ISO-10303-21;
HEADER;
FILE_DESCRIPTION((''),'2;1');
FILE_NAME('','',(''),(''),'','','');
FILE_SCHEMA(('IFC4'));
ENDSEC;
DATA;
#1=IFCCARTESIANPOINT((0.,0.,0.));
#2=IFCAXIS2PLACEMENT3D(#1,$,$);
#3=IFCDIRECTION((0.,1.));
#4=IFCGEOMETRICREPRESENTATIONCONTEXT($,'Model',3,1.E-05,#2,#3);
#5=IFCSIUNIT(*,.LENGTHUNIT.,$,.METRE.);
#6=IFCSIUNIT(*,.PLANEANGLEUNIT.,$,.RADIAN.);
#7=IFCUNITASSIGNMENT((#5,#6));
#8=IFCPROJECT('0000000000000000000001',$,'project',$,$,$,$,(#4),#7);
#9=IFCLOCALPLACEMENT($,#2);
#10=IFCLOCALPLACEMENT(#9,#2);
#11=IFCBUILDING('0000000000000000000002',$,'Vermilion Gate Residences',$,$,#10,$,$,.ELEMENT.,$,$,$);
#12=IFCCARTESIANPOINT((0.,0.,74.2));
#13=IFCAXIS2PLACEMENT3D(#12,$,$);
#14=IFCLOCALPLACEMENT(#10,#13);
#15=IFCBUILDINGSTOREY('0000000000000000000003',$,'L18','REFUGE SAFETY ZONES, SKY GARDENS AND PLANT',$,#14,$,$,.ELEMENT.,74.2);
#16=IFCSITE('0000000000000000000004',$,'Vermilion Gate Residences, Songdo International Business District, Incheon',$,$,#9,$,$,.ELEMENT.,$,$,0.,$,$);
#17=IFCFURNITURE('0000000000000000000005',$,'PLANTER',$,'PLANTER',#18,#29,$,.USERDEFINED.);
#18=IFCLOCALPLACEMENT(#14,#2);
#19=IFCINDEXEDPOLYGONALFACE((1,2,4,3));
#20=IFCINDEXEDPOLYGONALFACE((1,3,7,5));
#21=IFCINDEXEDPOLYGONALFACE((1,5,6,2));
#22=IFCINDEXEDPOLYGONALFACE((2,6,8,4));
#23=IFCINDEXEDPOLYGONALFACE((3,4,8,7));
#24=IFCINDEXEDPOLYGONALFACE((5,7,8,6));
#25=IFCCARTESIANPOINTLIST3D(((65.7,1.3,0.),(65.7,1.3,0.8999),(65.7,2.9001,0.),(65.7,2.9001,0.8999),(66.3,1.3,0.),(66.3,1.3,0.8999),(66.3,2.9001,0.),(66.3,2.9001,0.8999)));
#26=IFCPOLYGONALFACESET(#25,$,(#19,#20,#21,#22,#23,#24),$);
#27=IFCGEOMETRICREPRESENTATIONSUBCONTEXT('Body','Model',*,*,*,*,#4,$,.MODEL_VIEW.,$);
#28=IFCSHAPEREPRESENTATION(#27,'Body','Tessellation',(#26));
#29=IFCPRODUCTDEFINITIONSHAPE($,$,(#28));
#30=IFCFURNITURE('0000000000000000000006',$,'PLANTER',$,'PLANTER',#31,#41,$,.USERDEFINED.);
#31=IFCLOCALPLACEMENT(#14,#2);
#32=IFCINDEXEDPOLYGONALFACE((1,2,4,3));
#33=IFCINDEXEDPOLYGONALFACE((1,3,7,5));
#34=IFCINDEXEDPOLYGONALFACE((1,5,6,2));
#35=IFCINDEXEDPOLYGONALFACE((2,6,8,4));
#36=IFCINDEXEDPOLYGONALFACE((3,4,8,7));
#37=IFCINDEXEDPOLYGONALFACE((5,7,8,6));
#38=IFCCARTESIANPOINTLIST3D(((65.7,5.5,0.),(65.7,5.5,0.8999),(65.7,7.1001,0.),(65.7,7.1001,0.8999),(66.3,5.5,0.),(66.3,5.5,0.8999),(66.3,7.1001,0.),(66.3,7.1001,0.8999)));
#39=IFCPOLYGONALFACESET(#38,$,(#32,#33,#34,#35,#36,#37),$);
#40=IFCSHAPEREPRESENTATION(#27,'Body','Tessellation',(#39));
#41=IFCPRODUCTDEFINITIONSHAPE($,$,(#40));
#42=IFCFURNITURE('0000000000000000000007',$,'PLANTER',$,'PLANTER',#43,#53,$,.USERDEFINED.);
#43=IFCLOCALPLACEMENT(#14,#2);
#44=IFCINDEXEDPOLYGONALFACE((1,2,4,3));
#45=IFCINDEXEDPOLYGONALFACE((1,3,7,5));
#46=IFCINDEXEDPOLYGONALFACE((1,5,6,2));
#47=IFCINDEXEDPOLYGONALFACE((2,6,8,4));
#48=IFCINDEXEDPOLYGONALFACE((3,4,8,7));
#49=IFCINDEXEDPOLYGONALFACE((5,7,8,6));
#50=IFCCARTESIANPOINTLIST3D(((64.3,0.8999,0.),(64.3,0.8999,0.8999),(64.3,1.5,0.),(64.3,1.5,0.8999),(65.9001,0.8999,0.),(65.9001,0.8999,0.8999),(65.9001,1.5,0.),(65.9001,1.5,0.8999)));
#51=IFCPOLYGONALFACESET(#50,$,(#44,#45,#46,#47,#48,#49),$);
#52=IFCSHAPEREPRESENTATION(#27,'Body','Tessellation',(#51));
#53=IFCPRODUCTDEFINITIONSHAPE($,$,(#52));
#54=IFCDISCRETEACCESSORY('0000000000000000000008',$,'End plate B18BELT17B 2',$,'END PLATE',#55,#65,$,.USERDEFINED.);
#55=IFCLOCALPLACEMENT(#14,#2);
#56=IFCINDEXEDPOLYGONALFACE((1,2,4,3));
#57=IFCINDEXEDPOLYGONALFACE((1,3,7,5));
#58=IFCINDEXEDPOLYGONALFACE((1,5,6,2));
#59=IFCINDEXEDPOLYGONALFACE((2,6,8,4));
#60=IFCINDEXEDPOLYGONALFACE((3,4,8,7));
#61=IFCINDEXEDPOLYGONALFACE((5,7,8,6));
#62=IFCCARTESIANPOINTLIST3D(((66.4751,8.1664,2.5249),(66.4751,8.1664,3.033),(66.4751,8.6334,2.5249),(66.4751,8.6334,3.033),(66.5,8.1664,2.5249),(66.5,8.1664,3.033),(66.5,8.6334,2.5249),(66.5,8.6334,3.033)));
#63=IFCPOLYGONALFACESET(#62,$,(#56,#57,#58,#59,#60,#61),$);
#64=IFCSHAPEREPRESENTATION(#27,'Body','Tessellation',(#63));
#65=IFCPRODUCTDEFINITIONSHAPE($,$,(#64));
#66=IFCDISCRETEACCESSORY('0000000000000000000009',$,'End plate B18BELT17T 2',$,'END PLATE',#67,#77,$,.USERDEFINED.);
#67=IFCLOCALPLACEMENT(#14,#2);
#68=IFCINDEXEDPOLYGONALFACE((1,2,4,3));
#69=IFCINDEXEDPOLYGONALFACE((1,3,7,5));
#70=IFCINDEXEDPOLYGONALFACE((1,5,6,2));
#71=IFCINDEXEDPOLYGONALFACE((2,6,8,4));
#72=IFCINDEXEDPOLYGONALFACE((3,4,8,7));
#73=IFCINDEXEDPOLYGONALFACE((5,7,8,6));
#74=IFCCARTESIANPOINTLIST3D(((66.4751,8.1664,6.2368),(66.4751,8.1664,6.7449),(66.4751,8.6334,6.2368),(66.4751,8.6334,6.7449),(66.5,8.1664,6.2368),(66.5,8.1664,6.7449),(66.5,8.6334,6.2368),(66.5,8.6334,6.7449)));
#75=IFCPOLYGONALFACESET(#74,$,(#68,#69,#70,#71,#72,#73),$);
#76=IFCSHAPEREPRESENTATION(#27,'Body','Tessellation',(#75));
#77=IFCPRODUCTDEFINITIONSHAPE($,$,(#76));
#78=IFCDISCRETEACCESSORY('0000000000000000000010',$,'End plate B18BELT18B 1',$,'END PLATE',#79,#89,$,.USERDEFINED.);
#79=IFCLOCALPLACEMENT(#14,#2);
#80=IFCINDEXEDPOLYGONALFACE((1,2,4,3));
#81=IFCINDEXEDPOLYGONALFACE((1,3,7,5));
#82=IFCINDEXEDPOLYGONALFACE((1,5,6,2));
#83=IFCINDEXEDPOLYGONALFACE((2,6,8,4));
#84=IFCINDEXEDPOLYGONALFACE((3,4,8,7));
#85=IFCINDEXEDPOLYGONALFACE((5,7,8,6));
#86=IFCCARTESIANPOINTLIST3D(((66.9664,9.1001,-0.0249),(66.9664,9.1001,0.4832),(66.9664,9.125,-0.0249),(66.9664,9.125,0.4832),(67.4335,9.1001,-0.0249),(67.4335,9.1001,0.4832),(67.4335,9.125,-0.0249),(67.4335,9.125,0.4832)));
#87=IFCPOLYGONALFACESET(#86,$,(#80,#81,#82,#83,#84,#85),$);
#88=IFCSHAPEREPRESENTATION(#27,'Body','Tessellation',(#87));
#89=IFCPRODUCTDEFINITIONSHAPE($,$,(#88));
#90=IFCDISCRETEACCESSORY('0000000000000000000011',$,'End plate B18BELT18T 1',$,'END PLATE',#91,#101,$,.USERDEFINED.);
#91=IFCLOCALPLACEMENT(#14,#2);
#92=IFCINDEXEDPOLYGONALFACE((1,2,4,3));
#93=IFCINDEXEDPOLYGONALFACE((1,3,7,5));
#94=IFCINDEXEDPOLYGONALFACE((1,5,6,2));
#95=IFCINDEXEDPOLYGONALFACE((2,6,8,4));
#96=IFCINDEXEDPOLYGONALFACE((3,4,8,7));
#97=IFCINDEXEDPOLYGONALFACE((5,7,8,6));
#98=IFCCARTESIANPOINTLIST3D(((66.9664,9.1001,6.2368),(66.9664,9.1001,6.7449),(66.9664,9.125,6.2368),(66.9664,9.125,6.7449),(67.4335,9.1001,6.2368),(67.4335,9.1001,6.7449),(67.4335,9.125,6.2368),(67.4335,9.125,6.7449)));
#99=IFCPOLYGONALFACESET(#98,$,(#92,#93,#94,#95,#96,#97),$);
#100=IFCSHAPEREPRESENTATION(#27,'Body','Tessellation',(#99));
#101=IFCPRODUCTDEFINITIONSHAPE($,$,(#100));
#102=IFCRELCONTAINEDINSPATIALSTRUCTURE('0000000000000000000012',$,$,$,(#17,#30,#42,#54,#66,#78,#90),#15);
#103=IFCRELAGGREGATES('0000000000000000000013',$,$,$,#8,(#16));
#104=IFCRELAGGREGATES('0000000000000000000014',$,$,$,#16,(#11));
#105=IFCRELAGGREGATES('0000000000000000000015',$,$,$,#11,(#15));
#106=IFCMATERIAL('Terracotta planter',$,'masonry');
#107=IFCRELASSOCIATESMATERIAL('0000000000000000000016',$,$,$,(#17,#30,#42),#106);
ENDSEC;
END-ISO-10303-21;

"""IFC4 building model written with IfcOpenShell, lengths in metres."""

from ifc_helpers import new_model, si_unit, direction, frame, origin, origin_2d, place, context, subcontext, project, spatial, rectangle, extrude, material, element, save


model = new_model("IFC4")

# Units and contexts
model_context = context("Model", 3, precision=1e-05, world=origin(), true_north=direction((0.0, 1.0)))
body_context = subcontext(model_context, "Body", "Model", "MODEL_VIEW")
ifc_project = project(units=[si_unit("LENGTHUNIT", "METRE"), si_unit("PLANEANGLEUNIT", "RADIAN")], contexts=[model_context])

# Site, building, storey
site_placement = place(None, origin())
site = spatial("IfcSite", under=ifc_project, at=site_placement, Name="Vermilion Gate Residences, Songdo International Business District, Incheon", CompositionType="ELEMENT", RefElevation=0.0)
building_placement = place(site_placement, origin())
building = spatial("IfcBuilding", under=site, at=building_placement, Name="Vermilion Gate Residences", CompositionType="ELEMENT")
storey_placement = place(building_placement, frame((0.0, 0.0, 74.2)))
storey = spatial("IfcBuildingStorey", under=building, at=storey_placement, Name="L18", Description="REFUGE SAFETY ZONES, SKY GARDENS AND PLANT", CompositionType="ELEMENT", Elevation=74.2)

# Furniture
ifc_material_1 = material(Name="Terracotta planter", Category="masonry")
for number, where, z_axis, x_axis, name in (
    (1, (66.0, 2.1001, 0.0), (0.0, 0.0, 1.0), (0.0, 1.0, 0.0), "PLANTER"),
    (2, (66.0, 6.3, 0.0), (0.0, 0.0, 1.0), (0.0, 1.0, 0.0), "PLANTER"),
    (3, (65.1001, 1.2, 0.0), (0.0, 0.0, 1.0), (1.0, 0.0, 0.0), "PLANTER"),
):
    element("IfcFurniture", number, at=place(storey_placement, frame(where, z_axis=z_axis, x_axis=x_axis)), inside=storey, material=ifc_material_1, Name=name, ObjectType="PLANTER", PredefinedType="USERDEFINED", context=body_context, shape_type="SweptSolid", body=[
        extrude(rectangle(XDim=1.6001, YDim=0.6001, at=origin_2d()), origin(), (0.0, 0.0, 1.0), 0.8999),
    ])

# Discrete accessories
for number, where, z_axis, x_axis, name in (
    (4, (66.4875, 8.3999, 2.5249), (0.0, 0.0, 1.0), (1.0, 0.0, 0.0), "End plate B18BELT17B 2"),
    (5, (66.4875, 8.3999, 6.2368), (0.0, 0.0, 1.0), (1.0, 0.0, 0.0), "End plate B18BELT17T 2"),
):
    element("IfcDiscreteAccessory", number, at=place(storey_placement, frame(where, z_axis=z_axis, x_axis=x_axis)), inside=storey, Name=name, ObjectType="END PLATE", PredefinedType="USERDEFINED", context=body_context, shape_type="SweptSolid", body=[
        extrude(rectangle(XDim=0.0249, YDim=0.467, at=origin_2d()), origin(), (0.0, 0.0, 1.0), 0.5081),
    ])
for number, where, z_axis, x_axis, name in (
    (6, (67.2, 9.1125, -0.0249), (0.0, 0.0, 1.0), (1.0, 0.0, 0.0), "End plate B18BELT18B 1"),
    (7, (67.2, 9.1125, 6.2368), (0.0, 0.0, 1.0), (1.0, 0.0, 0.0), "End plate B18BELT18T 1"),
):
    element("IfcDiscreteAccessory", number, at=place(storey_placement, frame(where, z_axis=z_axis, x_axis=x_axis)), inside=storey, Name=name, ObjectType="END PLATE", PredefinedType="USERDEFINED", context=body_context, shape_type="SweptSolid", body=[
        extrude(rectangle(XDim=0.467, YDim=0.0249, at=origin_2d()), origin(), (0.0, 0.0, 1.0), 0.5081),
    ])

save(model, "model.ifc")
